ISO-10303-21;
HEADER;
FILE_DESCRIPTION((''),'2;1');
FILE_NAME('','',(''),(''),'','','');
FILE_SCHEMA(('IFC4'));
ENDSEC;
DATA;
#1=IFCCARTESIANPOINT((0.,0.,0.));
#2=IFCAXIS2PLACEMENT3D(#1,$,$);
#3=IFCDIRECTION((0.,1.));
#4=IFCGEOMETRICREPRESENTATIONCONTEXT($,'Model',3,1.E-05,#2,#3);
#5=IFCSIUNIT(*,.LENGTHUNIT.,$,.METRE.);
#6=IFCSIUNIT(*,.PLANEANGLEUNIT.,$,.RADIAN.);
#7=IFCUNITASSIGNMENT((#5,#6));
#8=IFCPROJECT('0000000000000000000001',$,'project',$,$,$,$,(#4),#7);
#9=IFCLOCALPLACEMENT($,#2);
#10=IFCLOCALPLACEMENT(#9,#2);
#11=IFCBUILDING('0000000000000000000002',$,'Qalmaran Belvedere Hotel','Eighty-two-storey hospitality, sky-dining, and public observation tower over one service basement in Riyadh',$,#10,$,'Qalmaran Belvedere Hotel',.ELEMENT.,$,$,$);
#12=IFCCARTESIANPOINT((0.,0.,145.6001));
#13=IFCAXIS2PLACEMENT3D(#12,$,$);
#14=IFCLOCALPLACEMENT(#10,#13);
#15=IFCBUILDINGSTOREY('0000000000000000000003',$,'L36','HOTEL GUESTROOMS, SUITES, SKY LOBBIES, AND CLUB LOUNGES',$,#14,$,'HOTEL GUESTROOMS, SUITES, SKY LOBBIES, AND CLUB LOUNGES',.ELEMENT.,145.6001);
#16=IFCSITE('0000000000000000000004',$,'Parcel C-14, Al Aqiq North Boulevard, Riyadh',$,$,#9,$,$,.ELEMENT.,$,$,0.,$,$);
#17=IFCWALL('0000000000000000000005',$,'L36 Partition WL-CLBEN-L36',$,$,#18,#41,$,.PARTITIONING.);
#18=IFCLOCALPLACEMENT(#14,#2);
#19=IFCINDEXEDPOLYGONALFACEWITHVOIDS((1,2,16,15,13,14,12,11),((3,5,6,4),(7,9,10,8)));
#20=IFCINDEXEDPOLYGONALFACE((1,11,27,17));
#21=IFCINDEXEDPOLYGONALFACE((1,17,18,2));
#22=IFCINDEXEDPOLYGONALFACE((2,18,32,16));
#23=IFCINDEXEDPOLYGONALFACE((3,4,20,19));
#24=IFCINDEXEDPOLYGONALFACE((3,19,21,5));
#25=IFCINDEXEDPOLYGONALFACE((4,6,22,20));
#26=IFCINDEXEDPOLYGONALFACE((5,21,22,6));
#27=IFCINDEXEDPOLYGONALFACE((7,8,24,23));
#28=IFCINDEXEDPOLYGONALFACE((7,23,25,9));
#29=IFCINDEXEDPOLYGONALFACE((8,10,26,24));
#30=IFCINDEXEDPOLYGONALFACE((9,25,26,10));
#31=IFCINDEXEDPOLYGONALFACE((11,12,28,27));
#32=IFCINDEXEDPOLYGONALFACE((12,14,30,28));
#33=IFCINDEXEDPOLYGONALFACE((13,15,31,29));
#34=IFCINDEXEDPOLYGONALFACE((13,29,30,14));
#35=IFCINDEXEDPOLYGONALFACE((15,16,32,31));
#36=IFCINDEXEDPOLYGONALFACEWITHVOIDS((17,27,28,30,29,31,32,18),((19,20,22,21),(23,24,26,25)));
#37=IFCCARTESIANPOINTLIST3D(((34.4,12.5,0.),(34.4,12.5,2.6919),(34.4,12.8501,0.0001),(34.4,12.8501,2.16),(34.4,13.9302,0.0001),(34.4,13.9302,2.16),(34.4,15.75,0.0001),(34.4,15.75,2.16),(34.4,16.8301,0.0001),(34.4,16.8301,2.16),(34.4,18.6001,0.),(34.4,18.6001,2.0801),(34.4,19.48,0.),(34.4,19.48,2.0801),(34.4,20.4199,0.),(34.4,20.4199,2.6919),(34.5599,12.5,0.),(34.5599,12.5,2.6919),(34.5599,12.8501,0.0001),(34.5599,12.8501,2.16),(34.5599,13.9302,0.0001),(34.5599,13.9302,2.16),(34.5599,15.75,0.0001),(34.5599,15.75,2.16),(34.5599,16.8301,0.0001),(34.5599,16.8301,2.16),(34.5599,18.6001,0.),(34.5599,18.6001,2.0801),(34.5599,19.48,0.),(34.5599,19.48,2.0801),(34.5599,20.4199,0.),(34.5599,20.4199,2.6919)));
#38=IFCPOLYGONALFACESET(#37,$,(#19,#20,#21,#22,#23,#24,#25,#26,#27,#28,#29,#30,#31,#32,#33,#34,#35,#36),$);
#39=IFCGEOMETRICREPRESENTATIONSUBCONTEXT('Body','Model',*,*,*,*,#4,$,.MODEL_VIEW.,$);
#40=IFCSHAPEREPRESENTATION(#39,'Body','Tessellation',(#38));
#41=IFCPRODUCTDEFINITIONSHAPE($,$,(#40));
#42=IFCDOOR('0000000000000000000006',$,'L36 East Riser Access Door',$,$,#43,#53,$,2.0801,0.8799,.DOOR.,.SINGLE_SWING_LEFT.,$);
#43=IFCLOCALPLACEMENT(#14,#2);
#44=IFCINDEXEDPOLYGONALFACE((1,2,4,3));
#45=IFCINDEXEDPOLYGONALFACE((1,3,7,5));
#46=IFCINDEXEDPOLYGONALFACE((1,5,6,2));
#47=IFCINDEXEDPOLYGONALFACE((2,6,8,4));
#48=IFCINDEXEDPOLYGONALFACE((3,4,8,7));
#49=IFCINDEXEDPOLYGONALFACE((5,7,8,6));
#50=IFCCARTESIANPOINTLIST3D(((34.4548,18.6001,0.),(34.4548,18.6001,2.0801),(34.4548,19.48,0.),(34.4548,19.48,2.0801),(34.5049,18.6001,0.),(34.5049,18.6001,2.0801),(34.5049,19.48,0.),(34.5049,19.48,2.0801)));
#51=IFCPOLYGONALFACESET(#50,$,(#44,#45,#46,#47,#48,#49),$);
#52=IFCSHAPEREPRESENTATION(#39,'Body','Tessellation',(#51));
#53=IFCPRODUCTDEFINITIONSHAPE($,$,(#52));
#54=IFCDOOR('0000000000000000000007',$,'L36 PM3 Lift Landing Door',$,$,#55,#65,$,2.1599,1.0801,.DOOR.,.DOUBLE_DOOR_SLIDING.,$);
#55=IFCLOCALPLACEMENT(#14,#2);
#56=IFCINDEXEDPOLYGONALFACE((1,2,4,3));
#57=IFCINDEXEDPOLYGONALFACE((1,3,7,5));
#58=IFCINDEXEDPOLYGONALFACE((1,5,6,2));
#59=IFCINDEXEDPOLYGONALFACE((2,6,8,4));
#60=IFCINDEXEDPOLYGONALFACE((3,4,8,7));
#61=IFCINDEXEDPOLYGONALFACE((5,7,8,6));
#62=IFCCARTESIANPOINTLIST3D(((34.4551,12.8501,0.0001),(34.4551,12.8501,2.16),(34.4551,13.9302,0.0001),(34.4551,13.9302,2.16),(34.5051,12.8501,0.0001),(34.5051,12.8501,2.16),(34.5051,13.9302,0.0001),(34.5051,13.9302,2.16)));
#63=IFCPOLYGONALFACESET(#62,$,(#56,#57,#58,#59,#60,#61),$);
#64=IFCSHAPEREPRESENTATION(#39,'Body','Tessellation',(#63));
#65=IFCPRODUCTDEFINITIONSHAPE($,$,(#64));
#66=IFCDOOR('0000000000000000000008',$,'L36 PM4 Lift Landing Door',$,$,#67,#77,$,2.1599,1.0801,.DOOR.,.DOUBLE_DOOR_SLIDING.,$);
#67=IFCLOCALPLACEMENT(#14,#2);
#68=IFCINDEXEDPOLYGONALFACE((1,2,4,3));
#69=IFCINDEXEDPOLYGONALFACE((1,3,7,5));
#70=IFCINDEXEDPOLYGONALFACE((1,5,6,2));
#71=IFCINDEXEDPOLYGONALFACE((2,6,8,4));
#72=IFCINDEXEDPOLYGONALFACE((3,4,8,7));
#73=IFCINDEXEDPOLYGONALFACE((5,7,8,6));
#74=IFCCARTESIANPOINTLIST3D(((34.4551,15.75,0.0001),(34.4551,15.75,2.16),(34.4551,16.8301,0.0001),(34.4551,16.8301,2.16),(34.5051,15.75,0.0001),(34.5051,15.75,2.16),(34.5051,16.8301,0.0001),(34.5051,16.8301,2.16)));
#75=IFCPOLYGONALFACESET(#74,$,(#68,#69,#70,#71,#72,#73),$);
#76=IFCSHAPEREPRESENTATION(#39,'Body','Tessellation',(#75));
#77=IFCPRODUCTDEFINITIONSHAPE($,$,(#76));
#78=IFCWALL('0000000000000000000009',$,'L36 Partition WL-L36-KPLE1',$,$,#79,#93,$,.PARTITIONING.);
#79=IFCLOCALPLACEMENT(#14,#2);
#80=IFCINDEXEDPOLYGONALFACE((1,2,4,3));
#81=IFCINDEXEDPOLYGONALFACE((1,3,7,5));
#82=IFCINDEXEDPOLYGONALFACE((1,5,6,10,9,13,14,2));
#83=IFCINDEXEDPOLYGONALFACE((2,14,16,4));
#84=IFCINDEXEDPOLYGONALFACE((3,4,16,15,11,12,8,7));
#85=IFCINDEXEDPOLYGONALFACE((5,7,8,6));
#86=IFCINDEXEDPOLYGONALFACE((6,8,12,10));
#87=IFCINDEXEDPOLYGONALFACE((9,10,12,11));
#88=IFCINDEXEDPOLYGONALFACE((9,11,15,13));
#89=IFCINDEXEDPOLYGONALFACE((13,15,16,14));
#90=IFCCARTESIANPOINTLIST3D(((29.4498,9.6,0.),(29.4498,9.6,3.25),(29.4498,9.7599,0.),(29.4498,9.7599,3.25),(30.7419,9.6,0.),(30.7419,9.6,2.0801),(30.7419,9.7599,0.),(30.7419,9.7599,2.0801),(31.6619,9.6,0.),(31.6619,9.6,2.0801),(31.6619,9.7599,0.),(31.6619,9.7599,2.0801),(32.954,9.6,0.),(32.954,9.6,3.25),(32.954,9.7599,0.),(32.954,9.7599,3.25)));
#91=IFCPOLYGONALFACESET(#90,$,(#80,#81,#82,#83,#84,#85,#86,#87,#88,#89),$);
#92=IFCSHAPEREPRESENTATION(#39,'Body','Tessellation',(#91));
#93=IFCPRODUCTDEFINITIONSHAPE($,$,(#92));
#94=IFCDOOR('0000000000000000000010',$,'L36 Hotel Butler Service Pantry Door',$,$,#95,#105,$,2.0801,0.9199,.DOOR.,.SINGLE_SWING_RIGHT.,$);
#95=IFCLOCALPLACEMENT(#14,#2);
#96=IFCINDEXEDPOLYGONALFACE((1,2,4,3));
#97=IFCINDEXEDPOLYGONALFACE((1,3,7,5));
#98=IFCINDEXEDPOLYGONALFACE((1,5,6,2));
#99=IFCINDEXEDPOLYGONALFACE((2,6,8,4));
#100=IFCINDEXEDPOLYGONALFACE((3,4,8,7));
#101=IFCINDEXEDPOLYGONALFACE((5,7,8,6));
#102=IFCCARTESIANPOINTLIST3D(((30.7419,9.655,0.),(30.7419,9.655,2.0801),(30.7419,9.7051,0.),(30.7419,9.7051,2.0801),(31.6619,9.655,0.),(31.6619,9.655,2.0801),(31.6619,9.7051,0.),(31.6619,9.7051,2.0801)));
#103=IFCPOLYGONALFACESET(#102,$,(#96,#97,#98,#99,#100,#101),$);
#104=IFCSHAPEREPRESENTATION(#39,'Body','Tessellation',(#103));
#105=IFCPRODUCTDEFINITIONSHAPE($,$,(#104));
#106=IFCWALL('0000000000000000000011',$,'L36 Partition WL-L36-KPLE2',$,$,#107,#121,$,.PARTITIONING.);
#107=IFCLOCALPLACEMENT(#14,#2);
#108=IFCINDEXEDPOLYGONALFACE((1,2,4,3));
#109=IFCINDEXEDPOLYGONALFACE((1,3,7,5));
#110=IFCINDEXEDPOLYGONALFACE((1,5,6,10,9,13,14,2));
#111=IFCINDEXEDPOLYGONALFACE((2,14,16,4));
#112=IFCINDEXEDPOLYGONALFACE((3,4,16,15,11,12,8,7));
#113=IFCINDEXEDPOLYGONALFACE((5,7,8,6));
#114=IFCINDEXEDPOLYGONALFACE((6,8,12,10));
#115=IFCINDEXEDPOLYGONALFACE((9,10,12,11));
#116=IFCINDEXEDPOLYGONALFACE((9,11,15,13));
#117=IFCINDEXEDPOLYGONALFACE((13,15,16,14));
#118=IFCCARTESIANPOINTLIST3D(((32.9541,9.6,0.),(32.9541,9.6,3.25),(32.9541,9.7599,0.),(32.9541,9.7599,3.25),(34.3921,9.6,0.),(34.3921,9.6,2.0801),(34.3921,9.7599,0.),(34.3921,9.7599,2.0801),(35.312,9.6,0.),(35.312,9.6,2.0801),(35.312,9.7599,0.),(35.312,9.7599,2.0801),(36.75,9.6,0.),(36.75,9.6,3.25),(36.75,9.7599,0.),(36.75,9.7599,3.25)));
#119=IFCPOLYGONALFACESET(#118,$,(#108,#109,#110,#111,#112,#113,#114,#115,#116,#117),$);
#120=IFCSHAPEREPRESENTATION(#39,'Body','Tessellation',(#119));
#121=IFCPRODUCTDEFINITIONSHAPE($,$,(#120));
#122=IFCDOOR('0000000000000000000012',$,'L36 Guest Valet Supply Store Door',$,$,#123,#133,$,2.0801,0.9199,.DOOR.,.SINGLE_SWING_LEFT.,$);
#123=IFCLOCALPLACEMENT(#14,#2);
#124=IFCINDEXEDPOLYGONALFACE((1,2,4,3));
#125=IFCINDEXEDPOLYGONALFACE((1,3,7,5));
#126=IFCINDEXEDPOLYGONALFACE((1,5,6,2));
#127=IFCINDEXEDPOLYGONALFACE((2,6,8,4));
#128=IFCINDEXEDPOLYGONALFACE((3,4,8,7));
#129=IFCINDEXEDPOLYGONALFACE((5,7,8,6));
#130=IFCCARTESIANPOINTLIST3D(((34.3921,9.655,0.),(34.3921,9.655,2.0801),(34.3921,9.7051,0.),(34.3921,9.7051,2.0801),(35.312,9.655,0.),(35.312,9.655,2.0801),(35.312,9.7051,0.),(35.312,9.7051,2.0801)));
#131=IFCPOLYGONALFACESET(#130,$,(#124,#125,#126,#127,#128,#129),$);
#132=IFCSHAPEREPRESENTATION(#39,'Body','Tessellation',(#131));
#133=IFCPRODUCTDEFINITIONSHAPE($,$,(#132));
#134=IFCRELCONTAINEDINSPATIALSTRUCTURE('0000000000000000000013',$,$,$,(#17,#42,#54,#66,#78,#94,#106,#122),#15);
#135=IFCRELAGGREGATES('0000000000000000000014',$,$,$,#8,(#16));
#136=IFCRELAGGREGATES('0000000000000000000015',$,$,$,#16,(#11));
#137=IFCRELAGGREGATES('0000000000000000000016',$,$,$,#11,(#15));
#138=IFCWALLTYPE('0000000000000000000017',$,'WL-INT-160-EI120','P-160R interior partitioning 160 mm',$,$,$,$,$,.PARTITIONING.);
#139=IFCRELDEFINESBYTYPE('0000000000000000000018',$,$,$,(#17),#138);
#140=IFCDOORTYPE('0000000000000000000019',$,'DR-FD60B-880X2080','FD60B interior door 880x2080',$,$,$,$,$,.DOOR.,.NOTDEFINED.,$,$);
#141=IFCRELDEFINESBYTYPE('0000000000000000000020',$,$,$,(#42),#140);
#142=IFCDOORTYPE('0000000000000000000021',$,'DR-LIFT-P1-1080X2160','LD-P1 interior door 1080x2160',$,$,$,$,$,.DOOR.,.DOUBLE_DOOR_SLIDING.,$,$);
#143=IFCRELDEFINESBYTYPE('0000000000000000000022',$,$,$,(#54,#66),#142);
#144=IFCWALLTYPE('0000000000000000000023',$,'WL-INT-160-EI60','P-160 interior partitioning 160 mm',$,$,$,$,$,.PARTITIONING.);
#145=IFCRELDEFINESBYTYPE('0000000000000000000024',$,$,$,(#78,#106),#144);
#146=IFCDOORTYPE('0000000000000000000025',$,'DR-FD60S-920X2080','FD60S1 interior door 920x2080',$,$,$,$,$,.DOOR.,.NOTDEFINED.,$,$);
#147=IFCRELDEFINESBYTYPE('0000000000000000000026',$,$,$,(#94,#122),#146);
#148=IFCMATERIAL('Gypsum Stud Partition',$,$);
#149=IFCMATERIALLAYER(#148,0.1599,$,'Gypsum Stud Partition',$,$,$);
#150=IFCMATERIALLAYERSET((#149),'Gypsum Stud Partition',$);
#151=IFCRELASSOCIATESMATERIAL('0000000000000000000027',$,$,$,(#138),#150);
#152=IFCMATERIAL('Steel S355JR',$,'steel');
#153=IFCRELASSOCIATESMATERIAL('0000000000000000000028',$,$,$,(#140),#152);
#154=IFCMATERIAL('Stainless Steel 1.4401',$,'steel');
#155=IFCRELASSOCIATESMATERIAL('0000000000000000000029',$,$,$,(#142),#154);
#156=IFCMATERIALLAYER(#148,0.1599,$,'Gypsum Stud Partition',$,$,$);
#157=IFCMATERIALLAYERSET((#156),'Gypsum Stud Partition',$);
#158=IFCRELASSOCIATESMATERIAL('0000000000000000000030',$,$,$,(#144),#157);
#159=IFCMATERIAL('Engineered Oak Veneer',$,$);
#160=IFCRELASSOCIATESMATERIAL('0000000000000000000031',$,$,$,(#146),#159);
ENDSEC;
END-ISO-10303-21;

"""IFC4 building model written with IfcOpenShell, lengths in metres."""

from ifc_helpers import new_model, si_unit, direction, frame, frame_2d, origin, place, context, subcontext, project, spatial, rectangle, extrude, material, layer, layer_set, type_object, element, fill, save


model = new_model("IFC4")

# Units and contexts
model_context = context("Model", 3, precision=1e-05, world=origin(), true_north=direction((0.0, 1.0)))
body_context = subcontext(model_context, "Body", "Model", "MODEL_VIEW")
ifc_project = project(units=[si_unit("LENGTHUNIT", "METRE"), si_unit("PLANEANGLEUNIT", "RADIAN")], contexts=[model_context])

# Site, building, storey
site_placement = place(None, origin())
site = spatial("IfcSite", under=ifc_project, at=site_placement, Name="Parcel C-14, Al Aqiq North Boulevard, Riyadh", CompositionType="ELEMENT", RefElevation=0.0)
building_placement = place(site_placement, origin())
building = spatial("IfcBuilding", under=site, at=building_placement, Name="Qalmaran Belvedere Hotel", Description="Eighty-two-storey hospitality, sky-dining, and public observation tower over one service basement in Riyadh", LongName="Qalmaran Belvedere Hotel", CompositionType="ELEMENT")
storey_placement = place(building_placement, frame((0.0, 0.0, 145.6001)))
storey = spatial("IfcBuildingStorey", under=building, at=storey_placement, Name="L36", Description="HOTEL GUESTROOMS, SUITES, SKY LOBBIES, AND CLUB LOUNGES", LongName="HOTEL GUESTROOMS, SUITES, SKY LOBBIES, AND CLUB LOUNGES", CompositionType="ELEMENT", Elevation=145.6001)

# Shared definitions
ifc_material_1 = material(Name="Steel S355JR", Category="steel")

# Shared definitions
ifc_material_2 = material(Name="Gypsum Stud Partition")

# Wall, openings, doors
ifc_layer_1 = layer(ifc_material_2, 0.1599, Name="Gypsum Stud Partition")
ifc_layer_set_1 = layer_set([ifc_layer_1], Name="Gypsum Stud Partition")
wall_type_1 = type_object("IfcWallType", Name="WL-INT-160-EI120", Description="P-160R interior partitioning 160 mm", PredefinedType="PARTITIONING", material=ifc_layer_set_1)
door_type_1 = type_object("IfcDoorType", Name="DR-FD60B-880X2080", Description="FD60B interior door 880x2080", OperationType="NOTDEFINED", PredefinedType="DOOR", material=ifc_material_1)
ifc_material_3 = material(Name="Stainless Steel 1.4401", Category="steel")
door_type_2 = type_object("IfcDoorType", Name="DR-LIFT-P1-1080X2160", Description="LD-P1 interior door 1080x2160", OperationType="DOUBLE_DOOR_SLIDING", PredefinedType="DOOR", material=ifc_material_3)
wall_1_placement = place(storey_placement, frame((34.48, 12.5, 0.0), z_axis=(0.0, 0.0, 1.0), x_axis=(0.0, 1.0, 0.0)))
wall_1 = element("IfcWall", 1, at=wall_1_placement, inside=storey, type_object=wall_type_1, Name="L36 Partition WL-CLBEN-L36", PredefinedType="PARTITIONING", context=body_context, shape_type="SweptSolid", body=[
    extrude(rectangle(XDim=7.9199, YDim=0.1599, at=frame_2d((3.96, 0.0))), origin(), (0.0, 0.0, 1.0), 2.6919),
])
opening_1_placement = place(wall_1_placement, frame((0.3501, 0.0, 0.0)))
opening_1 = element("IfcOpeningElement", 2, at=opening_1_placement, cuts=wall_1, PredefinedType="OPENING", context=body_context, shape_type="SweptSolid", body=[
    extrude(rectangle(XDim=1.0801, YDim=2.1599, at=frame_2d((0.54, 1.0801))), frame((0.0, 0.0898, 0.0), z_axis=(0.0, -1.0, 0.0), x_axis=(1.0, 0.0, 0.0)), (0.0, 0.0, 1.0), 0.1799),
])
opening_2_placement = place(wall_1_placement, frame((3.25, 0.0, 0.0)))
opening_2 = element("IfcOpeningElement", 3, at=opening_2_placement, cuts=wall_1, PredefinedType="OPENING", context=body_context, shape_type="SweptSolid", body=[
    extrude(rectangle(XDim=1.0801, YDim=2.1599, at=frame_2d((0.54, 1.0801))), frame((0.0, 0.0898, 0.0), z_axis=(0.0, -1.0, 0.0), x_axis=(1.0, 0.0, 0.0)), (0.0, 0.0, 1.0), 0.1799),
])
opening_3_placement = place(wall_1_placement, frame((6.98, 0.0, 0.0), z_axis=(0.0, 0.0, 1.0), x_axis=(-1.0, 0.0, 0.0)))
opening_3 = element("IfcOpeningElement", 4, at=opening_3_placement, cuts=wall_1, PredefinedType="OPENING", context=body_context, shape_type="SweptSolid", body=[
    extrude(rectangle(XDim=0.8799, YDim=2.0801, at=frame_2d((0.4399, 1.04))), frame((0.0, 0.0898, 0.0), z_axis=(0.0, -1.0, 0.0), x_axis=(1.0, 0.0, 0.0)), (0.0, 0.0, 1.0), 0.1799),
])
door_1_placement = place(opening_3_placement, origin())
door_1 = element("IfcDoor", 5, at=door_1_placement, inside=storey, type_object=door_type_1, Name="L36 East Riser Access Door", OperationType="SINGLE_SWING_LEFT", OverallHeight=2.0801, OverallWidth=0.8799, PredefinedType="DOOR", context=body_context, shape_type="SweptSolid", body=[
    extrude(rectangle(XDim=0.8799, YDim=2.0801, at=frame_2d((0.4399, 1.04))), frame((0.0, 0.0249, 0.0), z_axis=(0.0, -1.0, 0.0), x_axis=(1.0, 0.0, 0.0)), (0.0, 0.0, 1.0), 0.05),
])
fill(opening_3, door_1)
door_2_placement = place(opening_1_placement, origin())
door_2 = element("IfcDoor", 6, at=door_2_placement, inside=storey, type_object=door_type_2, Name="L36 PM3 Lift Landing Door", OperationType="DOUBLE_DOOR_SLIDING", OverallHeight=2.1599, OverallWidth=1.0801, PredefinedType="DOOR", context=body_context, shape_type="SweptSolid", body=[
    extrude(rectangle(XDim=1.0801, YDim=2.1599, at=frame_2d((0.54, 1.0801))), frame((0.0, 0.0249, 0.0), z_axis=(0.0, -1.0, 0.0), x_axis=(1.0, 0.0, 0.0)), (0.0, 0.0, 1.0), 0.05),
])
fill(opening_1, door_2)
door_3_placement = place(opening_2_placement, origin())
door_3 = element("IfcDoor", 7, at=door_3_placement, inside=storey, type_object=door_type_2, Name="L36 PM4 Lift Landing Door", OperationType="DOUBLE_DOOR_SLIDING", OverallHeight=2.1599, OverallWidth=1.0801, PredefinedType="DOOR", context=body_context, shape_type="SweptSolid", body=[
    extrude(rectangle(XDim=1.0801, YDim=2.1599, at=frame_2d((0.54, 1.0801))), frame((0.0, 0.0249, 0.0), z_axis=(0.0, -1.0, 0.0), x_axis=(1.0, 0.0, 0.0)), (0.0, 0.0, 1.0), 0.05),
])
fill(opening_2, door_3)

# Walls, openings, doors
ifc_layer_2 = layer(ifc_material_2, 0.1599, Name="Gypsum Stud Partition")
ifc_layer_set_2 = layer_set([ifc_layer_2], Name="Gypsum Stud Partition")
wall_type_2 = type_object("IfcWallType", Name="WL-INT-160-EI60", Description="P-160 interior partitioning 160 mm", PredefinedType="PARTITIONING", material=ifc_layer_set_2)
wall_2_placement = place(storey_placement, frame((29.45, 9.6799, 0.0), z_axis=(0.0, 0.0, 1.0), x_axis=(1.0, 0.0, 0.0)))
wall_2 = element("IfcWall", 8, at=wall_2_placement, inside=storey, type_object=wall_type_2, Name="L36 Partition WL-L36-KPLE1", PredefinedType="PARTITIONING", context=body_context, shape_type="SweptSolid", body=[
    extrude(rectangle(XDim=3.5042, YDim=0.1599, at=frame_2d((1.752, 0.0))), origin(), (0.0, 0.0, 1.0), 3.25),
])
opening_4_placement = place(wall_2_placement, frame((2.2119, 0.0, 0.0), z_axis=(0.0, 0.0, 1.0), x_axis=(-1.0, 0.0, 0.0)))
opening_4 = element("IfcOpeningElement", 9, at=opening_4_placement, cuts=wall_2, PredefinedType="OPENING", context=body_context, shape_type="SweptSolid", body=[
    extrude(rectangle(XDim=0.9199, YDim=2.0801, at=frame_2d((0.46, 1.04))), frame((0.0, 0.0898, 0.0), z_axis=(0.0, -1.0, 0.0), x_axis=(1.0, 0.0, 0.0)), (0.0, 0.0, 1.0), 0.1799),
])
ifc_material_4 = material(Name="Engineered Oak Veneer")
door_type_3 = type_object("IfcDoorType", Name="DR-FD60S-920X2080", Description="FD60S1 interior door 920x2080", OperationType="NOTDEFINED", PredefinedType="DOOR", material=ifc_material_4)
door_4_placement = place(opening_4_placement, origin())
door_4 = element("IfcDoor", 10, at=door_4_placement, inside=storey, type_object=door_type_3, Name="L36 Hotel Butler Service Pantry Door", OperationType="SINGLE_SWING_RIGHT", OverallHeight=2.0801, OverallWidth=0.9199, PredefinedType="DOOR", context=body_context, shape_type="SweptSolid", body=[
    extrude(rectangle(XDim=0.9199, YDim=2.0801, at=frame_2d((0.46, 1.04))), frame((0.0, 0.0249, 0.0), z_axis=(0.0, -1.0, 0.0), x_axis=(1.0, 0.0, 0.0)), (0.0, 0.0, 1.0), 0.05),
])
fill(opening_4, door_4)
wall_3_placement = place(storey_placement, frame((32.9541, 9.6799, 0.0), z_axis=(0.0, 0.0, 1.0), x_axis=(1.0, 0.0, 0.0)))
wall_3 = element("IfcWall", 11, at=wall_3_placement, inside=storey, type_object=wall_type_2, Name="L36 Partition WL-L36-KPLE2", PredefinedType="PARTITIONING", context=body_context, shape_type="SweptSolid", body=[
    extrude(rectangle(XDim=3.7959, YDim=0.1599, at=frame_2d((1.8979, 0.0))), origin(), (0.0, 0.0, 1.0), 3.25),
])
opening_5_placement = place(wall_3_placement, frame((2.3579, 0.0, 0.0), z_axis=(0.0, 0.0, 1.0), x_axis=(-1.0, 0.0, 0.0)))
opening_5 = element("IfcOpeningElement", 12, at=opening_5_placement, cuts=wall_3, PredefinedType="OPENING", context=body_context, shape_type="SweptSolid", body=[
    extrude(rectangle(XDim=0.9199, YDim=2.0801, at=frame_2d((0.46, 1.04))), frame((0.0, 0.0898, 0.0), z_axis=(0.0, -1.0, 0.0), x_axis=(1.0, 0.0, 0.0)), (0.0, 0.0, 1.0), 0.1799),
])
door_5_placement = place(opening_5_placement, origin())
door_5 = element("IfcDoor", 13, at=door_5_placement, inside=storey, type_object=door_type_3, Name="L36 Guest Valet Supply Store Door", OperationType="SINGLE_SWING_LEFT", OverallHeight=2.0801, OverallWidth=0.9199, PredefinedType="DOOR", context=body_context, shape_type="SweptSolid", body=[
    extrude(rectangle(XDim=0.9199, YDim=2.0801, at=frame_2d((0.46, 1.04))), frame((0.0, 0.0249, 0.0), z_axis=(0.0, -1.0, 0.0), x_axis=(1.0, 0.0, 0.0)), (0.0, 0.0, 1.0), 0.05),
])
fill(opening_5, door_5)

save(model, "model.ifc")
